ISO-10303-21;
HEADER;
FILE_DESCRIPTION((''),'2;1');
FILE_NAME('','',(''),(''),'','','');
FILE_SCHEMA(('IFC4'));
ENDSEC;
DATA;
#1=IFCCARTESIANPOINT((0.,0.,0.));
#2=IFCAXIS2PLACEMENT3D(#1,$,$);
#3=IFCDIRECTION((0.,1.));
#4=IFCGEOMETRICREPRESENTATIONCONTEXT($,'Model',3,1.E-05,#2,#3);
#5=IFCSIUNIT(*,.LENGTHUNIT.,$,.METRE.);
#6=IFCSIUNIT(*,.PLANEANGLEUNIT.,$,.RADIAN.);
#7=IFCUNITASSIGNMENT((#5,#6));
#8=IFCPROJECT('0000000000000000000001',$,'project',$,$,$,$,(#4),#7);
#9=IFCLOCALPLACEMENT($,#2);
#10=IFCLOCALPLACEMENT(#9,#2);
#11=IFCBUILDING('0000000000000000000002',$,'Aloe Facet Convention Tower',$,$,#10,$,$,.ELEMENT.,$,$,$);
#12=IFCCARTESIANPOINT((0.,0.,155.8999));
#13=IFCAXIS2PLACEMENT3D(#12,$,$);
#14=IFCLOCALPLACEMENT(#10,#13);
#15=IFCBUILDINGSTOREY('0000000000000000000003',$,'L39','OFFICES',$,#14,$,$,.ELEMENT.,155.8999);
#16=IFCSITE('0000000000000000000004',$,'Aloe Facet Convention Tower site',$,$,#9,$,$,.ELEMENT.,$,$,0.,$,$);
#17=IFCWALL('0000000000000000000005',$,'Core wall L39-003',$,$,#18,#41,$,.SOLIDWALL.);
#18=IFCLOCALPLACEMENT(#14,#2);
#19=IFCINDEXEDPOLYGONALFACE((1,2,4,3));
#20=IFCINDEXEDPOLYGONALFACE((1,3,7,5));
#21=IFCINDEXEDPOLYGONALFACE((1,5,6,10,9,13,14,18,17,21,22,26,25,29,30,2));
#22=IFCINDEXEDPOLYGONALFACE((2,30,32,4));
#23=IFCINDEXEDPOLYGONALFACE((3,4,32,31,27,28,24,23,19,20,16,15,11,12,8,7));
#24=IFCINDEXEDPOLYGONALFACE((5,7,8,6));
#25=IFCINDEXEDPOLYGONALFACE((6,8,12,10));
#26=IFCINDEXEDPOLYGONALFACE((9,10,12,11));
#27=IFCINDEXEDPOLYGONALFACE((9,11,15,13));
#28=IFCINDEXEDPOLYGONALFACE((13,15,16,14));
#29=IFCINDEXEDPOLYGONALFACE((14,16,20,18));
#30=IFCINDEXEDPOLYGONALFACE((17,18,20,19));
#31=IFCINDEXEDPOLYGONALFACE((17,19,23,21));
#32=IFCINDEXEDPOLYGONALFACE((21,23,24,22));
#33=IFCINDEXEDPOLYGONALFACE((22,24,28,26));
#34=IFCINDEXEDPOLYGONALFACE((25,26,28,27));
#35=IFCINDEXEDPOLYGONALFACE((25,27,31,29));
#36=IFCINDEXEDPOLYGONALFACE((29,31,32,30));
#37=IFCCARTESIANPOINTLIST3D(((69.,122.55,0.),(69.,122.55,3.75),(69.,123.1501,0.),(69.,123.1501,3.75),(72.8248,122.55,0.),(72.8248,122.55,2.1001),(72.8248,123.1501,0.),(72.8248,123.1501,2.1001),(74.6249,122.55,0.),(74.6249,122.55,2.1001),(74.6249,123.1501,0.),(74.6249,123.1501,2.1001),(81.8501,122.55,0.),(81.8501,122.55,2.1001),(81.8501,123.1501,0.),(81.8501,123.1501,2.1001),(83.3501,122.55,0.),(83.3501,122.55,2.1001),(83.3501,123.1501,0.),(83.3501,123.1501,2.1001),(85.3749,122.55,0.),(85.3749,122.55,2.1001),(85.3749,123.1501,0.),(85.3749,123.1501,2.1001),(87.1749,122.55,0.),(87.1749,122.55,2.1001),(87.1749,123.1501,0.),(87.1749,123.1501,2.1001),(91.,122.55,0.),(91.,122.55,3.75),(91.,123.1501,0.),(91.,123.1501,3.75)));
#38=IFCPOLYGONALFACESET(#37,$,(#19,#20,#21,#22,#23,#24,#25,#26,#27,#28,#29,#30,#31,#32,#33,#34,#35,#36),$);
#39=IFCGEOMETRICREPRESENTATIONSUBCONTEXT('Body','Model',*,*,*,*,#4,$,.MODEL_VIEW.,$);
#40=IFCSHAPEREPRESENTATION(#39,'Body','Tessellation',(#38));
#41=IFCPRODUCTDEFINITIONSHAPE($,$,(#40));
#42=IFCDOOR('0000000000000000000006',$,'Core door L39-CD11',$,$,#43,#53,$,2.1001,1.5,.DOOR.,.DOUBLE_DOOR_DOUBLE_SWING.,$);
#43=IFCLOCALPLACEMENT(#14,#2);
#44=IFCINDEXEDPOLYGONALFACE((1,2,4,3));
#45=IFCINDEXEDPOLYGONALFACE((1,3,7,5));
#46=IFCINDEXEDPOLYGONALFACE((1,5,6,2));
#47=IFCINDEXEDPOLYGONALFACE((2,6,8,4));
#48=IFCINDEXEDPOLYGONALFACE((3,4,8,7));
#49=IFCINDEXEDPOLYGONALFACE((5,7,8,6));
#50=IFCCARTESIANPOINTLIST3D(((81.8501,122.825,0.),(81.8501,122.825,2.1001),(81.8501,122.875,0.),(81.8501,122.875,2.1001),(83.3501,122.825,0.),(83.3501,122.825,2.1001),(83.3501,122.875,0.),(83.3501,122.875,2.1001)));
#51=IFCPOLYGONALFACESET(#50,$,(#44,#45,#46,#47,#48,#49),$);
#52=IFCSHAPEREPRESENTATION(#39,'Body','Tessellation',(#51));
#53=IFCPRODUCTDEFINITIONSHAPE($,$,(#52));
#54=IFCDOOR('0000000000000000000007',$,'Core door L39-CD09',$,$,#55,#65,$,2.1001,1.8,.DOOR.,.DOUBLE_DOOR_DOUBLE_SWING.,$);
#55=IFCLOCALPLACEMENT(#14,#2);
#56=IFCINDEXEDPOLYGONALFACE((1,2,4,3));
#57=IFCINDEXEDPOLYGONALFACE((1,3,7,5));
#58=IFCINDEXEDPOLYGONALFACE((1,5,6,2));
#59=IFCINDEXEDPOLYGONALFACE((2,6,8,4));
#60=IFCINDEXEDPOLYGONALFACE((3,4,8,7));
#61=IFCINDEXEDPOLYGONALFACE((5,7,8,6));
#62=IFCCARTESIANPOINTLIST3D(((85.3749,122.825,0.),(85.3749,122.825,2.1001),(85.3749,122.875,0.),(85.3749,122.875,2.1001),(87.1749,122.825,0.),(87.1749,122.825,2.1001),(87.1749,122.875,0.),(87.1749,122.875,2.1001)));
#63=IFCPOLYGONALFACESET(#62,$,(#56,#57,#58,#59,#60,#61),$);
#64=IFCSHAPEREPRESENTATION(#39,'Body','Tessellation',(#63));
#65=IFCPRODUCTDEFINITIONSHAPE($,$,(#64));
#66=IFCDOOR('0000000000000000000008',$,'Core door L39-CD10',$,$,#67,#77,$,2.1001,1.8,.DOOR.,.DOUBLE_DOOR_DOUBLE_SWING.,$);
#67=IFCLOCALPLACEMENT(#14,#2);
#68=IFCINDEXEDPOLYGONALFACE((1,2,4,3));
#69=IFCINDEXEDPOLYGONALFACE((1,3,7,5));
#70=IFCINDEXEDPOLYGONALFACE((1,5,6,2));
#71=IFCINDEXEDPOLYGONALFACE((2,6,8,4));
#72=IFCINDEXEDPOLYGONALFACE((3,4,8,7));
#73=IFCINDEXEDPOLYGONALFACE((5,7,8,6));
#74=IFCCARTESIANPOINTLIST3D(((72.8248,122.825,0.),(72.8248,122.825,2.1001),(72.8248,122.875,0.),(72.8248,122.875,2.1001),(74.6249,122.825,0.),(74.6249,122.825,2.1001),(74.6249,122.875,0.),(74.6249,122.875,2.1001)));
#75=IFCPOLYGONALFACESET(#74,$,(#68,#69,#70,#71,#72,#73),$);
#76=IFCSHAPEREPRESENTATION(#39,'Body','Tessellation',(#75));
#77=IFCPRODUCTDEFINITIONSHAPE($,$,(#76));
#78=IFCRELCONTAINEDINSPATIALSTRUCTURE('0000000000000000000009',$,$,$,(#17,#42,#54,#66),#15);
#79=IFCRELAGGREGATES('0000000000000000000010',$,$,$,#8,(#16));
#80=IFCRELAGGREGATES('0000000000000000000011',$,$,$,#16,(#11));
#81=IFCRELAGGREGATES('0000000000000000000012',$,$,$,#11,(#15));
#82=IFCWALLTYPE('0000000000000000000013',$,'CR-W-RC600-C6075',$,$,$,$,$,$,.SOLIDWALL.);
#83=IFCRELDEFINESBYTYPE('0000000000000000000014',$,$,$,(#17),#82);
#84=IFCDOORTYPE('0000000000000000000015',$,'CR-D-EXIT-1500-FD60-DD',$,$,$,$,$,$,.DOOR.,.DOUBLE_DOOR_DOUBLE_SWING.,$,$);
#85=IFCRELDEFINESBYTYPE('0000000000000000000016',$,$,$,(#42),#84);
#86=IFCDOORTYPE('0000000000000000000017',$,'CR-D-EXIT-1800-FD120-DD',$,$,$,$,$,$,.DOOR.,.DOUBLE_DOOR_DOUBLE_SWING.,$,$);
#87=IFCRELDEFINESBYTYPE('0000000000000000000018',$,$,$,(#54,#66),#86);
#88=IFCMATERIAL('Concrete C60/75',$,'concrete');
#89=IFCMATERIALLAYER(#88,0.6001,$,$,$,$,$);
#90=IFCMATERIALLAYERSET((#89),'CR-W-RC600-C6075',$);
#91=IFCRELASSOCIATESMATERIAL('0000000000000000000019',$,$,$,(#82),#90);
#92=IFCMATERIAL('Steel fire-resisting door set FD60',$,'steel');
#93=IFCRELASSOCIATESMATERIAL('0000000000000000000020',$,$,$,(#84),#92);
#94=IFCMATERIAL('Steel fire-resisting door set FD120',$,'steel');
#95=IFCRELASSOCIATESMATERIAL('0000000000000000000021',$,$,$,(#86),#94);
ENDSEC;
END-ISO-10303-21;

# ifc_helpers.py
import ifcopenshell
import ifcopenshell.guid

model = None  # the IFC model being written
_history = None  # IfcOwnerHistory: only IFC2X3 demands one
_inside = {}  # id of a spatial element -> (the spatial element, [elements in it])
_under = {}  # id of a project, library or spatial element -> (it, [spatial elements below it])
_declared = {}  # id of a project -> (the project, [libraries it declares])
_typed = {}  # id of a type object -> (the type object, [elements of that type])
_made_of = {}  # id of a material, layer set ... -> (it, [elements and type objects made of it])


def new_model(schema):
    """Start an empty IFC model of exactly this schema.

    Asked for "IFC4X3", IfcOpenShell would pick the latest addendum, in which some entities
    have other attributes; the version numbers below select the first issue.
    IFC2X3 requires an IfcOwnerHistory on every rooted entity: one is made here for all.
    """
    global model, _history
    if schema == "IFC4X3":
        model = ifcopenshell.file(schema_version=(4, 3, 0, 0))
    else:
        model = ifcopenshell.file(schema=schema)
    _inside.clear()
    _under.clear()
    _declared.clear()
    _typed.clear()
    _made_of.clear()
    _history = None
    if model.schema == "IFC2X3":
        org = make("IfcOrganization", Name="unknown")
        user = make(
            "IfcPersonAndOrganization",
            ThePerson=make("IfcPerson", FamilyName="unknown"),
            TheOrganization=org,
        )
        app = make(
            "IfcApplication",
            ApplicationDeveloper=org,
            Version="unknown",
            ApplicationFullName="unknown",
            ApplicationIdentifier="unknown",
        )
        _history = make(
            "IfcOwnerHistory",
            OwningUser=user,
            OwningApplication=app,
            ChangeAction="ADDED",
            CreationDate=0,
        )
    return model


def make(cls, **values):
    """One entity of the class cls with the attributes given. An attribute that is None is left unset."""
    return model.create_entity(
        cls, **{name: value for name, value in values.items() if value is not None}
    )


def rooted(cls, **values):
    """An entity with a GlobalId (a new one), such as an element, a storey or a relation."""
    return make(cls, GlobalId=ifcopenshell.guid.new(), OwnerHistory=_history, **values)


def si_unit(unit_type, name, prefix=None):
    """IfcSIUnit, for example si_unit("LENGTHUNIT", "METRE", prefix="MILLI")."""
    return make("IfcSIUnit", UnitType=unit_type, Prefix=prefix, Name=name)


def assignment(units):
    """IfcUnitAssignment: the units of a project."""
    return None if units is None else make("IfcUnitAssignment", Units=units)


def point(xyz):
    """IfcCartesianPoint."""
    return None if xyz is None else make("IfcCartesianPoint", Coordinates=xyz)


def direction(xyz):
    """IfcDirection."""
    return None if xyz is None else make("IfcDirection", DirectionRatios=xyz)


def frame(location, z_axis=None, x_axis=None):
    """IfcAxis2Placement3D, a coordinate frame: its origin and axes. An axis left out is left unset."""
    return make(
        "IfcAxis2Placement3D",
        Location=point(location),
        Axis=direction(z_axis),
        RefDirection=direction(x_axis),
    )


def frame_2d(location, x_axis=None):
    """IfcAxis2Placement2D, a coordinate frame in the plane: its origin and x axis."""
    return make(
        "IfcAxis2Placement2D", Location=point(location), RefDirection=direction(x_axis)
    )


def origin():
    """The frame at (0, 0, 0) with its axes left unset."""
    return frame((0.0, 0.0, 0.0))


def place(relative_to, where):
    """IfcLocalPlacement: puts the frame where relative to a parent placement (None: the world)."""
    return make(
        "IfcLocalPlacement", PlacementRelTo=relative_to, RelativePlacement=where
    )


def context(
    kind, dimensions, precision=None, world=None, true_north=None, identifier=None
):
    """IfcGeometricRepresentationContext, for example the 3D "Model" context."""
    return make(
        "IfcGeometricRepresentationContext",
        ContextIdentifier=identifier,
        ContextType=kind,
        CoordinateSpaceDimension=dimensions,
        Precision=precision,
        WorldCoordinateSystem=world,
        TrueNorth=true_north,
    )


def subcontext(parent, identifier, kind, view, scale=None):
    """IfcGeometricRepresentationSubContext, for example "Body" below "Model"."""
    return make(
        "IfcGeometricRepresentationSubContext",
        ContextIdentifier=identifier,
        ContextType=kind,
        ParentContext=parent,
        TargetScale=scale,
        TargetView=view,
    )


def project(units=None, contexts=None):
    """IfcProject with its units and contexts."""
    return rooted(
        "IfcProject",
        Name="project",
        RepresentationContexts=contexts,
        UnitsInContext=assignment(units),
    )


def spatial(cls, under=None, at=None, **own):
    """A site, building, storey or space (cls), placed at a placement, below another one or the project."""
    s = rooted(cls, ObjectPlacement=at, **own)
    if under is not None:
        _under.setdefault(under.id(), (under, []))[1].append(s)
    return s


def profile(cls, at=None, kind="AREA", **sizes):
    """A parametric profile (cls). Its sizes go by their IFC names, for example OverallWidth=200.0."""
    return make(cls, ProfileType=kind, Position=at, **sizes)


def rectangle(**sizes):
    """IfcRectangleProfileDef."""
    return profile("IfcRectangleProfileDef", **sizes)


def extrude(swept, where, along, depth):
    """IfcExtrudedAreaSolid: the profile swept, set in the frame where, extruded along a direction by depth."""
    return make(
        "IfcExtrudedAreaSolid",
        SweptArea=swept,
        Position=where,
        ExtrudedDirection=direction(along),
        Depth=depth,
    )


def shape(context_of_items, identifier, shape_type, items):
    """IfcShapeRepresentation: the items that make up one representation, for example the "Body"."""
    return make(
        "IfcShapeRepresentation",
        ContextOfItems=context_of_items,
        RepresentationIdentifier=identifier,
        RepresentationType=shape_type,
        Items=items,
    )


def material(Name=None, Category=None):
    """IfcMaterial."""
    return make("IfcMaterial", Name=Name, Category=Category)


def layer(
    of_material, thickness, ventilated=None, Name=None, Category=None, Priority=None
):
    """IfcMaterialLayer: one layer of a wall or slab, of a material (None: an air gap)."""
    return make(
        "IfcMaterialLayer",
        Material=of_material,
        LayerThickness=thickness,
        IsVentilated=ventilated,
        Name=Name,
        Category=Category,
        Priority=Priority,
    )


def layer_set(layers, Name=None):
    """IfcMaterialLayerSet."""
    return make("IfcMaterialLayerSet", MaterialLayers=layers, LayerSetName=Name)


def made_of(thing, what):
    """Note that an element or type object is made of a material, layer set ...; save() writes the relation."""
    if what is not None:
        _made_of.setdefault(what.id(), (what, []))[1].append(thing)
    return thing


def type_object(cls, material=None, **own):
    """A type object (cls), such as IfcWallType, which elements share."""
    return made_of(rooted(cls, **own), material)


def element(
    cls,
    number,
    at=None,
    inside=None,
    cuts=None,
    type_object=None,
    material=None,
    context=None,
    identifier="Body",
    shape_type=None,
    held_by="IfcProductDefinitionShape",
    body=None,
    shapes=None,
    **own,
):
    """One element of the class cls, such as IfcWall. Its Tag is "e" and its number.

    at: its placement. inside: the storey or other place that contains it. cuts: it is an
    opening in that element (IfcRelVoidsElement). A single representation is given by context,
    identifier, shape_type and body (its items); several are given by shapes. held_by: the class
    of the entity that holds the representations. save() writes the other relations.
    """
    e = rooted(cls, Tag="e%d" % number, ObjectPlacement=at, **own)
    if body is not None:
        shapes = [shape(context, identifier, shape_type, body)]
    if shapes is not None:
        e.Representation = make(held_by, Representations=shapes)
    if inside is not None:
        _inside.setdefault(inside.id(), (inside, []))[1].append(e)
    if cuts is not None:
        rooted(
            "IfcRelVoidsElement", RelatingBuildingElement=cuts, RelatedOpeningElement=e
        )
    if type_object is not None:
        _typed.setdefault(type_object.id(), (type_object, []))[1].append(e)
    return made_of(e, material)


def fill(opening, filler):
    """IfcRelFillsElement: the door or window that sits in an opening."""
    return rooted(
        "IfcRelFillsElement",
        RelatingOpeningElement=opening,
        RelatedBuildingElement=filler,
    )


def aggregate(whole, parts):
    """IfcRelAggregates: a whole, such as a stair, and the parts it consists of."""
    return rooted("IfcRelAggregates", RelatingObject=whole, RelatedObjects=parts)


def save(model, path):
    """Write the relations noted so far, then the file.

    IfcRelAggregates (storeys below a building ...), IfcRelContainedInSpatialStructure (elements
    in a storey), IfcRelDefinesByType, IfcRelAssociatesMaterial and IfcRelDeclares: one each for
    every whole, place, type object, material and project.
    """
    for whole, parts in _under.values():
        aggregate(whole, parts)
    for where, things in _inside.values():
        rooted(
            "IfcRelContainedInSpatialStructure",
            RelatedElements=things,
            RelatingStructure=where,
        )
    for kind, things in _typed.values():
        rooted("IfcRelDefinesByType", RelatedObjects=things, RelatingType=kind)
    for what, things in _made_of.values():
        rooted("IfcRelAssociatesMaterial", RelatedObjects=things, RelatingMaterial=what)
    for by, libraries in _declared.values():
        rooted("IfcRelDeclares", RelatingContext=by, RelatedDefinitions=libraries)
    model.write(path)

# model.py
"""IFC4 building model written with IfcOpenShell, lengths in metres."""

from ifc_helpers import new_model, si_unit, direction, frame, frame_2d, origin, place, context, subcontext, project, spatial, rectangle, extrude, material, layer, layer_set, type_object, element, fill, save


model = new_model("IFC4")

# Units and contexts
model_context = context("Model", 3, precision=1e-05, world=origin(), true_north=direction((0.0, 1.0)))
body_context = subcontext(model_context, "Body", "Model", "MODEL_VIEW")
ifc_project = project(units=[si_unit("LENGTHUNIT", "METRE"), si_unit("PLANEANGLEUNIT", "RADIAN")], contexts=[model_context])

# Site, building, storey
site_placement = place(None, origin())
site = spatial("IfcSite", under=ifc_project, at=site_placement, Name="Aloe Facet Convention Tower site", CompositionType="ELEMENT", RefElevation=0.0)
building_placement = place(site_placement, origin())
building = spatial("IfcBuilding", under=site, at=building_placement, Name="Aloe Facet Convention Tower", CompositionType="ELEMENT")
storey_placement = place(building_placement, frame((0.0, 0.0, 155.8999)))
storey = spatial("IfcBuildingStorey", under=building, at=storey_placement, Name="L39", Description="OFFICES", CompositionType="ELEMENT", Elevation=155.8999)

# Wall, openings, doors
ifc_material_1 = material(Name="Concrete C60/75", Category="concrete")
ifc_layer_1 = layer(ifc_material_1, 0.6001)
ifc_layer_set_1 = layer_set([ifc_layer_1], Name="CR-W-RC600-C6075")
wall_type_1 = type_object("IfcWallType", Name="CR-W-RC600-C6075", PredefinedType="SOLIDWALL", material=ifc_layer_set_1)
wall_1_placement = place(storey_placement, frame((69.0, 122.8501, 0.0), z_axis=(0.0, 0.0, 1.0), x_axis=(1.0, 0.0, 0.0)))
wall_1 = element("IfcWall", 1, at=wall_1_placement, inside=storey, type_object=wall_type_1, Name="Core wall L39-003", PredefinedType="SOLIDWALL", context=body_context, shape_type="SweptSolid", body=[
    extrude(rectangle(XDim=22.0, YDim=0.6001, at=frame_2d((11.0, 0.0))), origin(), (0.0, 0.0, 1.0), 3.75),
])
opening_1_placement = place(wall_1_placement, frame((16.375, 0.0, 0.0)))
opening_1 = element("IfcOpeningElement", 2, at=opening_1_placement, cuts=wall_1, PredefinedType="OPENING", context=body_context, shape_type="SweptSolid", body=[
    extrude(rectangle(XDim=1.8, YDim=2.1001, at=frame_2d((0.8999, 1.05))), frame((0.0, 0.3101, 0.0), z_axis=(0.0, -1.0, 0.0), x_axis=(1.0, 0.0, 0.0)), (0.0, 0.0, 1.0), 0.6201),
])
opening_2_placement = place(wall_1_placement, frame((3.825, 0.0, 0.0)))
opening_2 = element("IfcOpeningElement", 3, at=opening_2_placement, cuts=wall_1, PredefinedType="OPENING", context=body_context, shape_type="SweptSolid", body=[
    extrude(rectangle(XDim=1.8, YDim=2.1001, at=frame_2d((0.8999, 1.05))), frame((0.0, 0.3101, 0.0), z_axis=(0.0, -1.0, 0.0), x_axis=(1.0, 0.0, 0.0)), (0.0, 0.0, 1.0), 0.6201),
])
opening_3_placement = place(wall_1_placement, frame((12.8501, 0.0, 0.0)))
opening_3 = element("IfcOpeningElement", 4, at=opening_3_placement, cuts=wall_1, PredefinedType="OPENING", context=body_context, shape_type="SweptSolid", body=[
    extrude(rectangle(XDim=1.5, YDim=2.1001, at=frame_2d((0.75, 1.05))), frame((0.0, 0.3101, 0.0), z_axis=(0.0, -1.0, 0.0), x_axis=(1.0, 0.0, 0.0)), (0.0, 0.0, 1.0), 0.6201),
])
ifc_material_2 = material(Name="Steel fire-resisting door set FD60", Category="steel")
door_type_1 = type_object("IfcDoorType", Name="CR-D-EXIT-1500-FD60-DD", OperationType="DOUBLE_DOOR_DOUBLE_SWING", PredefinedType="DOOR", material=ifc_material_2)
door_1_placement = place(opening_3_placement, origin())
door_1 = element("IfcDoor", 5, at=door_1_placement, inside=storey, type_object=door_type_1, Name="Core door L39-CD11", OperationType="DOUBLE_DOOR_DOUBLE_SWING", OverallHeight=2.1001, OverallWidth=1.5, PredefinedType="DOOR", context=body_context, shape_type="SweptSolid", body=[
    extrude(rectangle(XDim=1.5, YDim=2.1001, at=frame_2d((0.75, 1.05))), frame((0.0, 0.0249, 0.0), z_axis=(0.0, -1.0, 0.0), x_axis=(1.0, 0.0, 0.0)), (0.0, 0.0, 1.0), 0.05),
])
fill(opening_3, door_1)
ifc_material_3 = material(Name="Steel fire-resisting door set FD120", Category="steel")
door_type_2 = type_object("IfcDoorType", Name="CR-D-EXIT-1800-FD120-DD", OperationType="DOUBLE_DOOR_DOUBLE_SWING", PredefinedType="DOOR", material=ifc_material_3)
door_2_placement = place(opening_1_placement, origin())
door_2 = element("IfcDoor", 6, at=door_2_placement, inside=storey, type_object=door_type_2, Name="Core door L39-CD09", OperationType="DOUBLE_DOOR_DOUBLE_SWING", OverallHeight=2.1001, OverallWidth=1.8, PredefinedType="DOOR", context=body_context, shape_type="SweptSolid", body=[
    extrude(rectangle(XDim=1.8, YDim=2.1001, at=frame_2d((0.8999, 1.05))), frame((0.0, 0.0249, 0.0), z_axis=(0.0, -1.0, 0.0), x_axis=(1.0, 0.0, 0.0)), (0.0, 0.0, 1.0), 0.05),
])
fill(opening_1, door_2)
door_3_placement = place(opening_2_placement, origin())
door_3 = element("IfcDoor", 7, at=door_3_placement, inside=storey, type_object=door_type_2, Name="Core door L39-CD10", OperationType="DOUBLE_DOOR_DOUBLE_SWING", OverallHeight=2.1001, OverallWidth=1.8, PredefinedType="DOOR", context=body_context, shape_type="SweptSolid", body=[
    extrude(rectangle(XDim=1.8, YDim=2.1001, at=frame_2d((0.8999, 1.05))), frame((0.0, 0.0249, 0.0), z_axis=(0.0, -1.0, 0.0), x_axis=(1.0, 0.0, 0.0)), (0.0, 0.0, 1.0), 0.05),
])
fill(opening_2, door_3)

save(model, "model.ifc")
